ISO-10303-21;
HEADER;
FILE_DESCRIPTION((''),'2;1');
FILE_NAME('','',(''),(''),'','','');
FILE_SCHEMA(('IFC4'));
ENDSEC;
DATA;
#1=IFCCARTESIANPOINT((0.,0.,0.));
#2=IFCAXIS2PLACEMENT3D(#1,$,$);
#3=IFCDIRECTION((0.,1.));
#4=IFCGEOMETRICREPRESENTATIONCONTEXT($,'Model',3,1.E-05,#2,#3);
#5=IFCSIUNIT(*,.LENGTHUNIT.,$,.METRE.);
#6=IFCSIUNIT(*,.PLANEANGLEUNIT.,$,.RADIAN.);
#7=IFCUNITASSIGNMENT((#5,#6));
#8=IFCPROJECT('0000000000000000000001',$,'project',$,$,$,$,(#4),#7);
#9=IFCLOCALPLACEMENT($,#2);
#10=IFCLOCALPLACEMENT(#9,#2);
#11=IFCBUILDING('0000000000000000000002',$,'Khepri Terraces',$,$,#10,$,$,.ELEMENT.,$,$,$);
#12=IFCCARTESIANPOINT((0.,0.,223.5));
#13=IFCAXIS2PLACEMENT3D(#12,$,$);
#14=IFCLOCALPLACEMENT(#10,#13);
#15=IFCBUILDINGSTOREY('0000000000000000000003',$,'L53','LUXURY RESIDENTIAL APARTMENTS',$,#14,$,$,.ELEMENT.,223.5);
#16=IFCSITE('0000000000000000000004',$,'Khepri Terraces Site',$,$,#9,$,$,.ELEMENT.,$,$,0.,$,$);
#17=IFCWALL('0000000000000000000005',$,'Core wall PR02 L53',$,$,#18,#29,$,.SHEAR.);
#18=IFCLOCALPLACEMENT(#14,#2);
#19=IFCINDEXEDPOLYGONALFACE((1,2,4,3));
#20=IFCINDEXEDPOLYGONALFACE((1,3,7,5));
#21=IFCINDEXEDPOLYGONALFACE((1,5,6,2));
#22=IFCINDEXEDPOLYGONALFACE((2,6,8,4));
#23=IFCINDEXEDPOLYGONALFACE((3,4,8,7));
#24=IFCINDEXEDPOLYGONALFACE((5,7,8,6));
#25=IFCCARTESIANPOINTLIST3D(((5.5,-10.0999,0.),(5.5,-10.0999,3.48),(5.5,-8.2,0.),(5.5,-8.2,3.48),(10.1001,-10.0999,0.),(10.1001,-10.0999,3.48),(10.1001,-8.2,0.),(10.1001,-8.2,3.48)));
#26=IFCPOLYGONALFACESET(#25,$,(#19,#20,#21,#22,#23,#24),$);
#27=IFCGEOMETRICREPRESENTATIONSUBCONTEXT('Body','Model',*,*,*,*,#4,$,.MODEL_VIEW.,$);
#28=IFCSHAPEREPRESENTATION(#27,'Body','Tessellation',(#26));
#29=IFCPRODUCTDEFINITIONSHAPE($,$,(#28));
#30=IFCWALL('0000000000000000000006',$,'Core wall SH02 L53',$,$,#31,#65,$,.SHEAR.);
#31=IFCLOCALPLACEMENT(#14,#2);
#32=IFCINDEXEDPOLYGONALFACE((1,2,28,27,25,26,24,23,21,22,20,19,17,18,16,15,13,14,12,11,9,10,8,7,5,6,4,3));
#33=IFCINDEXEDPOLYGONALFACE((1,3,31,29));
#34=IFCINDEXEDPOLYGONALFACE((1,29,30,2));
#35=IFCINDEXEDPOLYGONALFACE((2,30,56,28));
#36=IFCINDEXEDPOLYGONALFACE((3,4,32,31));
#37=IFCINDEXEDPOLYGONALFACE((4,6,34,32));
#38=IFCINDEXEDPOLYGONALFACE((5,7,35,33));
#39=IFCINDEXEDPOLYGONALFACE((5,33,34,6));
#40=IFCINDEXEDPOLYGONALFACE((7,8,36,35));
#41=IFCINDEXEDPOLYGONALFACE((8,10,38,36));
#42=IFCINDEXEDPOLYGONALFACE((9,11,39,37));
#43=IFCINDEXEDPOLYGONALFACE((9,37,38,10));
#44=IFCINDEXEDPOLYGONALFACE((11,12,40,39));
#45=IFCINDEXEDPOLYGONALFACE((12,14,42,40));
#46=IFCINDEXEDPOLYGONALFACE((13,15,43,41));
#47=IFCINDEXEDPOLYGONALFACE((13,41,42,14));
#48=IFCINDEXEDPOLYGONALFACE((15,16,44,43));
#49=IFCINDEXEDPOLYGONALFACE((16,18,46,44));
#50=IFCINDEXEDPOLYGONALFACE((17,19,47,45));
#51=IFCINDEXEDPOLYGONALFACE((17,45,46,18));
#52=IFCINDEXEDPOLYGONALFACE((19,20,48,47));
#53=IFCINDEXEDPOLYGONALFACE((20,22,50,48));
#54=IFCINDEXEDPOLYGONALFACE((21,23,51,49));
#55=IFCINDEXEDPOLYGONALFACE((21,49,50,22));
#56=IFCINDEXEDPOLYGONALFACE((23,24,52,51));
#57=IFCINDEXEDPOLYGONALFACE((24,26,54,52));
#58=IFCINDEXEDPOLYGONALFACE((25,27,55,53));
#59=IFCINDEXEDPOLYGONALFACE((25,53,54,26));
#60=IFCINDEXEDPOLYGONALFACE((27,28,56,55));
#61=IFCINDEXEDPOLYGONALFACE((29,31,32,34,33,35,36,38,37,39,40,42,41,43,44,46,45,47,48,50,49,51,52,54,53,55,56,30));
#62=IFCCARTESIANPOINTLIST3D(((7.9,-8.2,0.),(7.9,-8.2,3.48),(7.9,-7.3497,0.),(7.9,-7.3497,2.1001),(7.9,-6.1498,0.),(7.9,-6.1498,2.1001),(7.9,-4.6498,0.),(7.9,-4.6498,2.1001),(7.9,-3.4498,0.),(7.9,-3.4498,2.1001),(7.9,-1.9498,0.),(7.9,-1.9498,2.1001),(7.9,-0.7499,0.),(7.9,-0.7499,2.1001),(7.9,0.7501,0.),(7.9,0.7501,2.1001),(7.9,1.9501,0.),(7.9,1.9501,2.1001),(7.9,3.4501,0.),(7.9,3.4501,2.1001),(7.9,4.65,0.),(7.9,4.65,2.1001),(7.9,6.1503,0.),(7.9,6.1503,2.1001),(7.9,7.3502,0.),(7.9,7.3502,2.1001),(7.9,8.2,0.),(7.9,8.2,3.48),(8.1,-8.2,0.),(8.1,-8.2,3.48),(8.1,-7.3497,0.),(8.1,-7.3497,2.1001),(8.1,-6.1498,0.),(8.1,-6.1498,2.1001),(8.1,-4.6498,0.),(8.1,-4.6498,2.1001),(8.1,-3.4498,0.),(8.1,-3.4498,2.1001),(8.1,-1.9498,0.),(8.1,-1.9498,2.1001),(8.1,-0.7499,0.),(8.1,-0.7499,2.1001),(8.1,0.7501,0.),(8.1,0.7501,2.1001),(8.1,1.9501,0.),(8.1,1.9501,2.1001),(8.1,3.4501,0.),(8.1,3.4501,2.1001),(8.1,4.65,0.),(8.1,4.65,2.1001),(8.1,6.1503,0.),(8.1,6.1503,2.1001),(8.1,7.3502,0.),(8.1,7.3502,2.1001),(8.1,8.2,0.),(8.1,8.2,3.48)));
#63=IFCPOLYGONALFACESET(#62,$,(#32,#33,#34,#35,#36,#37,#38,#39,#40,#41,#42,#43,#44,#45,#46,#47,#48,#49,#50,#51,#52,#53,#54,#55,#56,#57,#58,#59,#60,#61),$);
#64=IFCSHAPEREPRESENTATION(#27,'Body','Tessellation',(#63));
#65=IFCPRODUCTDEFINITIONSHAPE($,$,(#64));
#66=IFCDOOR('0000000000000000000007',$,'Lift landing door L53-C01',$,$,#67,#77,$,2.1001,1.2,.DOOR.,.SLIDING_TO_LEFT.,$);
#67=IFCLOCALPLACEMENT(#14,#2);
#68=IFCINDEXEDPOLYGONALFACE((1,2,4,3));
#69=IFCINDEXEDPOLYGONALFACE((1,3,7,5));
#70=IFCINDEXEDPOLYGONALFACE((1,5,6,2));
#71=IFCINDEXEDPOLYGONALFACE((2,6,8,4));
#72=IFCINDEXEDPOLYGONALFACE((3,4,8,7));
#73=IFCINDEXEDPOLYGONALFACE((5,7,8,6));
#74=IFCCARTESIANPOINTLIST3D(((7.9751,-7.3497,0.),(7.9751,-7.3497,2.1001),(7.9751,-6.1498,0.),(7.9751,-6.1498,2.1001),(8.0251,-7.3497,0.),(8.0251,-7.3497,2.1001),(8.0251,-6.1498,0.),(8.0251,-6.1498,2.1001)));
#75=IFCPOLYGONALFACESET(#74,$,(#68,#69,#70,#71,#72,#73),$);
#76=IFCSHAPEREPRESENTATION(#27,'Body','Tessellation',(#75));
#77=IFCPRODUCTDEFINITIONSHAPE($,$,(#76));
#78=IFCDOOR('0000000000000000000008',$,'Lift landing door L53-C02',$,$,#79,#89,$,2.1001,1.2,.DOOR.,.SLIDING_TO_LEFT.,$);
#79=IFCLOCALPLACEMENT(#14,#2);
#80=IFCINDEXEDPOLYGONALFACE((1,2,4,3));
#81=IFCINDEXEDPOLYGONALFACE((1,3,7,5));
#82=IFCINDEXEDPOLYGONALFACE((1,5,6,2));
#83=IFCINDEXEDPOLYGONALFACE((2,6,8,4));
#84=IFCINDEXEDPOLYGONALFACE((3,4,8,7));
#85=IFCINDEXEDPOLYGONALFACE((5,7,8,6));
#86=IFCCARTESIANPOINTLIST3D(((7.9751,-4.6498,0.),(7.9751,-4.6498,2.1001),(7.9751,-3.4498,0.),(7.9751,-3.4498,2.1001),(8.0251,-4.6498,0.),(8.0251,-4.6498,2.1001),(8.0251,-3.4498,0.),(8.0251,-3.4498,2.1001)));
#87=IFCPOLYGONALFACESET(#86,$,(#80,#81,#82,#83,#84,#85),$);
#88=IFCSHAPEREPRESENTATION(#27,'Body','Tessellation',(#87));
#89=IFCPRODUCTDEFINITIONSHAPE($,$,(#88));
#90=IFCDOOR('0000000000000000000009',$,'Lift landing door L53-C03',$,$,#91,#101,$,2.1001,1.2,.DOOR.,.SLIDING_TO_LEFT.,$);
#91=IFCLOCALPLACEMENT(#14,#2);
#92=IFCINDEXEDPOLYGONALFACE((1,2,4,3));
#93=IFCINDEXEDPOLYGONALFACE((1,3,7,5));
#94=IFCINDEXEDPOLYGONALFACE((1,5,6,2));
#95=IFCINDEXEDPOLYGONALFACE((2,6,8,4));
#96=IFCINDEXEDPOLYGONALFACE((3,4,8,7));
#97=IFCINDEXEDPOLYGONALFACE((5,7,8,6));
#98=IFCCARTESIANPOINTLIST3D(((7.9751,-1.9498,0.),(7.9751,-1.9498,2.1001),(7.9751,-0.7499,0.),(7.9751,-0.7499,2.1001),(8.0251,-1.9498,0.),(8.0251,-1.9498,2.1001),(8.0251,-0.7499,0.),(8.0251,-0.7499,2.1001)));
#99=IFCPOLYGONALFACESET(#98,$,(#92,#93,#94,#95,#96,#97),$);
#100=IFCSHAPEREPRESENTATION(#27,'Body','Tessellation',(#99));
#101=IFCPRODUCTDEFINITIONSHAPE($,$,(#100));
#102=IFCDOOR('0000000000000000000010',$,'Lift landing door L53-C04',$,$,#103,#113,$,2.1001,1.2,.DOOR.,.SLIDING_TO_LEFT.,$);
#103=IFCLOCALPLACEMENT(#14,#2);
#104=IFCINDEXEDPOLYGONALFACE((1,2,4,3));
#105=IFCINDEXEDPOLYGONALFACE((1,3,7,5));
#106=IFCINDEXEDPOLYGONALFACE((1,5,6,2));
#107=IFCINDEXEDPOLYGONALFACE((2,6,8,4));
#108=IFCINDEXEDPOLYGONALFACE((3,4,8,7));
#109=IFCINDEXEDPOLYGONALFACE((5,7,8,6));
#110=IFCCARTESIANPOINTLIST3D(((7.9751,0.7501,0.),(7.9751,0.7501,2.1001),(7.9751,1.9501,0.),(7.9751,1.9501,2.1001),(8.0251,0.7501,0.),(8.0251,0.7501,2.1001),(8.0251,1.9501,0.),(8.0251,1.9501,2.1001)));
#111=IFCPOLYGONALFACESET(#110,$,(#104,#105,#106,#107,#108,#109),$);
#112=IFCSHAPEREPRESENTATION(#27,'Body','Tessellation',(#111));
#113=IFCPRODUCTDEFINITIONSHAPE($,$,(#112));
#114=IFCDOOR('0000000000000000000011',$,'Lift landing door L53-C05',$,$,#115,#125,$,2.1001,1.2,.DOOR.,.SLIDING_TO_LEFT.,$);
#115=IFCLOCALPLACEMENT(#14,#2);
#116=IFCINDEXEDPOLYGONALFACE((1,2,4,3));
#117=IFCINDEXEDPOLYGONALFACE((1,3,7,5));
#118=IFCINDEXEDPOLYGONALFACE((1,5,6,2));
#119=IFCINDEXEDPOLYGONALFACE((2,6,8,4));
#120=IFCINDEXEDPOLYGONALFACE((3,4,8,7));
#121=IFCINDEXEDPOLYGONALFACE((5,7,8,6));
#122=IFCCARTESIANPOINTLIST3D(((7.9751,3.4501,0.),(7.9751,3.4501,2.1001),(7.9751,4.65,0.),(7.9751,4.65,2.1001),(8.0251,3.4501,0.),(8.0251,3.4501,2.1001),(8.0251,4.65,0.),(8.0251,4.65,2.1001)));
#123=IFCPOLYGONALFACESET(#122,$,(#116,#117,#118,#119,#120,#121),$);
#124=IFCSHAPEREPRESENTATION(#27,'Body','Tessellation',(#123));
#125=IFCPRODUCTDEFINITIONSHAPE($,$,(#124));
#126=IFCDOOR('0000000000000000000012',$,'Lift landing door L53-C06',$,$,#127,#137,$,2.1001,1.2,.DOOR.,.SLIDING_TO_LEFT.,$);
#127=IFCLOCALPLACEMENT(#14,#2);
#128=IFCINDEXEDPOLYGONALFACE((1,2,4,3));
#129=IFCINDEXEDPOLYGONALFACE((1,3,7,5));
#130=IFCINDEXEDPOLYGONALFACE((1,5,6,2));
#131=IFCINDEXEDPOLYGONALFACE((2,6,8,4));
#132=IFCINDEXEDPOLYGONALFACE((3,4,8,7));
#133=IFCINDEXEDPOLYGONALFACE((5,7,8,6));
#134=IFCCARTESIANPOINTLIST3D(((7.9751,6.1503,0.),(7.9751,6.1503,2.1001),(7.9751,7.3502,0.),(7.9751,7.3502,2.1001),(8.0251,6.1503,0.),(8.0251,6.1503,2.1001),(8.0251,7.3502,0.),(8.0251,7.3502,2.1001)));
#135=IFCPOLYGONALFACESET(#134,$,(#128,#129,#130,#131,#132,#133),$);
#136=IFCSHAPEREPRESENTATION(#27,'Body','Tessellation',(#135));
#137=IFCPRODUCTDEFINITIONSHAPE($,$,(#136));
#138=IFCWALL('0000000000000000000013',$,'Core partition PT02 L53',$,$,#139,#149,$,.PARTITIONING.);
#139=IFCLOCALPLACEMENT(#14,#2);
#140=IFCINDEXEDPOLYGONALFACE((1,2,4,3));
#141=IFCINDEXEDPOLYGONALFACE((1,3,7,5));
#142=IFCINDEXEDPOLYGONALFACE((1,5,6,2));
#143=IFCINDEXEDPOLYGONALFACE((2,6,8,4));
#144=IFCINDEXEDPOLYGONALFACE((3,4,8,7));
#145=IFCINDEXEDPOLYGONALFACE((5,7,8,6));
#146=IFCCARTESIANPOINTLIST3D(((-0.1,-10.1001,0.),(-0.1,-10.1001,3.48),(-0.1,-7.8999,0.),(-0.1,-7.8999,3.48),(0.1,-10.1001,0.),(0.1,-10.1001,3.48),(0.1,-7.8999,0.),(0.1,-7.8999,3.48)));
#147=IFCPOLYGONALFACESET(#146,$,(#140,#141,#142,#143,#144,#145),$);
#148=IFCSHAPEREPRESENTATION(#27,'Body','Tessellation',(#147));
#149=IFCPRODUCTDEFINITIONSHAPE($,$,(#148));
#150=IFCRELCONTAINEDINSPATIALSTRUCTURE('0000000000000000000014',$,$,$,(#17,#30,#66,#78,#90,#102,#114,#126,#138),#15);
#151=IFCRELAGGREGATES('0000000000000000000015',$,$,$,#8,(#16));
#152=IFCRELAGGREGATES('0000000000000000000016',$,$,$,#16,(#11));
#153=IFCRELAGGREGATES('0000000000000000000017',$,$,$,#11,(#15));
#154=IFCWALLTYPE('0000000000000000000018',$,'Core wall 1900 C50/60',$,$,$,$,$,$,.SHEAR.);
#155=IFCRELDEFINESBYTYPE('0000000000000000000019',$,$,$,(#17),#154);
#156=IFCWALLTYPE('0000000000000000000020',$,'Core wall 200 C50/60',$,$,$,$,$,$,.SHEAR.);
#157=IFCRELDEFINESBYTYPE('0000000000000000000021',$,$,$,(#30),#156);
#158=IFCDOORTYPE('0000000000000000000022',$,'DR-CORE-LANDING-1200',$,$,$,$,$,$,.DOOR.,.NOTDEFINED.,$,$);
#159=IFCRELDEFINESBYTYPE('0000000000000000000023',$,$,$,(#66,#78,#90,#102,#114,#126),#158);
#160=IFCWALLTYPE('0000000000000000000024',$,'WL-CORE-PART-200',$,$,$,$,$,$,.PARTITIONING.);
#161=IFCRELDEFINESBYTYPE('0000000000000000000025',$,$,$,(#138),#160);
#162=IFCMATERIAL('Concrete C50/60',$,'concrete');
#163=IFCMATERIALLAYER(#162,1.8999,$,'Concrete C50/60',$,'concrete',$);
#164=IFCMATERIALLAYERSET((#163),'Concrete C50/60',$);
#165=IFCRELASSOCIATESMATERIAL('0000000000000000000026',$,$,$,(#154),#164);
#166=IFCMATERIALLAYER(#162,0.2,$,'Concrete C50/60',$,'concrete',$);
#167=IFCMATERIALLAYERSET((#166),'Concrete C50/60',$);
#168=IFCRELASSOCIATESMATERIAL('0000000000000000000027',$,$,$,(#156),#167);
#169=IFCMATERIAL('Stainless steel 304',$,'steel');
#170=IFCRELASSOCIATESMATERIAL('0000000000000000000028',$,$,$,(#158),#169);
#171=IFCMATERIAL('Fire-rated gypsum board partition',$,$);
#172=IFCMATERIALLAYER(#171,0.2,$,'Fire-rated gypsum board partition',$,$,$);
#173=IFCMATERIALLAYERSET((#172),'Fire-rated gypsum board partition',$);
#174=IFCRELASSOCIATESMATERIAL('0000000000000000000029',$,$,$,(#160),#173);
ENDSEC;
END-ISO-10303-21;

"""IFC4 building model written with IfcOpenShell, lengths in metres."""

from ifc_helpers import new_model, si_unit, direction, frame, frame_2d, origin, place, context, subcontext, project, spatial, rectangle, extrude, material, layer, layer_set, type_object, element, fill, save


model = new_model("IFC4")

# Units and contexts
model_context = context("Model", 3, precision=1e-05, world=origin(), true_north=direction((0.0, 1.0)))
body_context = subcontext(model_context, "Body", "Model", "MODEL_VIEW")
ifc_project = project(units=[si_unit("LENGTHUNIT", "METRE"), si_unit("PLANEANGLEUNIT", "RADIAN")], contexts=[model_context])

# Site, building, storey
site_placement = place(None, origin())
site = spatial("IfcSite", under=ifc_project, at=site_placement, Name="Khepri Terraces Site", CompositionType="ELEMENT", RefElevation=0.0)
building_placement = place(site_placement, origin())
building = spatial("IfcBuilding", under=site, at=building_placement, Name="Khepri Terraces", CompositionType="ELEMENT")
storey_placement = place(building_placement, frame((0.0, 0.0, 223.5)))
storey = spatial("IfcBuildingStorey", under=building, at=storey_placement, Name="L53", Description="LUXURY RESIDENTIAL APARTMENTS", CompositionType="ELEMENT", Elevation=223.5)

# Wall
ifc_material_1 = material(Name="Concrete C50/60", Category="concrete")
ifc_layer_1 = layer(ifc_material_1, 1.8999, Name="Concrete C50/60", Category="concrete")
ifc_layer_set_1 = layer_set([ifc_layer_1], Name="Concrete C50/60")
wall_type_1 = type_object("IfcWallType", Name="Core wall 1900 C50/60", PredefinedType="SHEAR", material=ifc_layer_set_1)
wall_1_placement = place(storey_placement, frame((5.5, -9.1499, 0.0), z_axis=(0.0, 0.0, 1.0), x_axis=(1.0, 0.0, 0.0)))
element("IfcWall", 1, at=wall_1_placement, inside=storey, type_object=wall_type_1, Name="Core wall PR02 L53", PredefinedType="SHEAR", context=body_context, shape_type="SweptSolid", body=[
    extrude(rectangle(XDim=4.6001, YDim=1.8999, at=frame_2d((2.3, 0.0))), origin(), (0.0, 0.0, 1.0), 3.48),
])

# Wall, openings, doors
ifc_layer_2 = layer(ifc_material_1, 0.2, Name="Concrete C50/60", Category="concrete")
ifc_layer_set_2 = layer_set([ifc_layer_2], Name="Concrete C50/60")
wall_type_2 = type_object("IfcWallType", Name="Core wall 200 C50/60", PredefinedType="SHEAR", material=ifc_layer_set_2)
wall_2_placement = place(storey_placement, frame((8.0, -8.2, 0.0), z_axis=(0.0, 0.0, 1.0), x_axis=(0.0, 1.0, 0.0)))
wall_2 = element("IfcWall", 2, at=wall_2_placement, inside=storey, type_object=wall_type_2, Name="Core wall SH02 L53", PredefinedType="SHEAR", context=body_context, shape_type="SweptSolid", body=[
    extrude(rectangle(XDim=16.3999, YDim=0.2, at=frame_2d((8.2, 0.0))), origin(), (0.0, 0.0, 1.0), 3.48),
])
opening_1_placement = place(wall_2_placement, frame((0.8501, 0.0, 0.0)))
opening_1 = element("IfcOpeningElement", 3, at=opening_1_placement, cuts=wall_2, PredefinedType="OPENING", context=body_context, shape_type="SweptSolid", body=[
    extrude(rectangle(XDim=1.2, YDim=2.1001, at=frame_2d((0.6001, 1.05))), frame((0.0, 0.1099, 0.0), z_axis=(0.0, -1.0, 0.0), x_axis=(1.0, 0.0, 0.0)), (0.0, 0.0, 1.0), 0.22),
])
opening_2_placement = place(wall_2_placement, frame((3.55, 0.0, 0.0)))
opening_2 = element("IfcOpeningElement", 4, at=opening_2_placement, cuts=wall_2, PredefinedType="OPENING", context=body_context, shape_type="SweptSolid", body=[
    extrude(rectangle(XDim=1.2, YDim=2.1001, at=frame_2d((0.6001, 1.05))), frame((0.0, 0.1099, 0.0), z_axis=(0.0, -1.0, 0.0), x_axis=(1.0, 0.0, 0.0)), (0.0, 0.0, 1.0), 0.22),
])
opening_3_placement = place(wall_2_placement, frame((6.25, 0.0, 0.0)))
opening_3 = element("IfcOpeningElement", 5, at=opening_3_placement, cuts=wall_2, PredefinedType="OPENING", context=body_context, shape_type="SweptSolid", body=[
    extrude(rectangle(XDim=1.2, YDim=2.1001, at=frame_2d((0.6001, 1.05))), frame((0.0, 0.1099, 0.0), z_axis=(0.0, -1.0, 0.0), x_axis=(1.0, 0.0, 0.0)), (0.0, 0.0, 1.0), 0.22),
])
opening_4_placement = place(wall_2_placement, frame((8.95, 0.0, 0.0)))
opening_4 = element("IfcOpeningElement", 6, at=opening_4_placement, cuts=wall_2, PredefinedType="OPENING", context=body_context, shape_type="SweptSolid", body=[
    extrude(rectangle(XDim=1.2, YDim=2.1001, at=frame_2d((0.6001, 1.05))), frame((0.0, 0.1099, 0.0), z_axis=(0.0, -1.0, 0.0), x_axis=(1.0, 0.0, 0.0)), (0.0, 0.0, 1.0), 0.22),
])
opening_5_placement = place(wall_2_placement, frame((11.6499, 0.0, 0.0)))
opening_5 = element("IfcOpeningElement", 7, at=opening_5_placement, cuts=wall_2, PredefinedType="OPENING", context=body_context, shape_type="SweptSolid", body=[
    extrude(rectangle(XDim=1.2, YDim=2.1001, at=frame_2d((0.6001, 1.05))), frame((0.0, 0.1099, 0.0), z_axis=(0.0, -1.0, 0.0), x_axis=(1.0, 0.0, 0.0)), (0.0, 0.0, 1.0), 0.22),
])
opening_6_placement = place(wall_2_placement, frame((14.3501, 0.0, 0.0)))
opening_6 = element("IfcOpeningElement", 8, at=opening_6_placement, cuts=wall_2, PredefinedType="OPENING", context=body_context, shape_type="SweptSolid", body=[
    extrude(rectangle(XDim=1.2, YDim=2.1001, at=frame_2d((0.6001, 1.05))), frame((0.0, 0.1099, 0.0), z_axis=(0.0, -1.0, 0.0), x_axis=(1.0, 0.0, 0.0)), (0.0, 0.0, 1.0), 0.22),
])
ifc_material_2 = material(Name="Stainless steel 304", Category="steel")
door_type_1 = type_object("IfcDoorType", Name="DR-CORE-LANDING-1200", OperationType="NOTDEFINED", PredefinedType="DOOR", material=ifc_material_2)
door_1_placement = place(opening_1_placement, origin())
door_1 = element("IfcDoor", 9, at=door_1_placement, inside=storey, type_object=door_type_1, Name="Lift landing door L53-C01", OperationType="SLIDING_TO_LEFT", OverallHeight=2.1001, OverallWidth=1.2, PredefinedType="DOOR", context=body_context, shape_type="SweptSolid", body=[
    extrude(rectangle(XDim=1.2, YDim=2.1001, at=frame_2d((0.6001, 1.05))), frame((0.0, 0.0249, 0.0), z_axis=(0.0, -1.0, 0.0), x_axis=(1.0, 0.0, 0.0)), (0.0, 0.0, 1.0), 0.05),
])
fill(opening_1, door_1)
door_2_placement = place(opening_2_placement, origin())
door_2 = element("IfcDoor", 10, at=door_2_placement, inside=storey, type_object=door_type_1, Name="Lift landing door L53-C02", OperationType="SLIDING_TO_LEFT", OverallHeight=2.1001, OverallWidth=1.2, PredefinedType="DOOR", context=body_context, shape_type="SweptSolid", body=[
    extrude(rectangle(XDim=1.2, YDim=2.1001, at=frame_2d((0.6001, 1.05))), frame((0.0, 0.0249, 0.0), z_axis=(0.0, -1.0, 0.0), x_axis=(1.0, 0.0, 0.0)), (0.0, 0.0, 1.0), 0.05),
])
fill(opening_2, door_2)
door_3_placement = place(opening_3_placement, origin())
door_3 = element("IfcDoor", 11, at=door_3_placement, inside=storey, type_object=door_type_1, Name="Lift landing door L53-C03", OperationType="SLIDING_TO_LEFT", OverallHeight=2.1001, OverallWidth=1.2, PredefinedType="DOOR", context=body_context, shape_type="SweptSolid", body=[
    extrude(rectangle(XDim=1.2, YDim=2.1001, at=frame_2d((0.6001, 1.05))), frame((0.0, 0.0249, 0.0), z_axis=(0.0, -1.0, 0.0), x_axis=(1.0, 0.0, 0.0)), (0.0, 0.0, 1.0), 0.05),
])
fill(opening_3, door_3)
door_4_placement = place(opening_4_placement, origin())
door_4 = element("IfcDoor", 12, at=door_4_placement, inside=storey, type_object=door_type_1, Name="Lift landing door L53-C04", OperationType="SLIDING_TO_LEFT", OverallHeight=2.1001, OverallWidth=1.2, PredefinedType="DOOR", context=body_context, shape_type="SweptSolid", body=[
    extrude(rectangle(XDim=1.2, YDim=2.1001, at=frame_2d((0.6001, 1.05))), frame((0.0, 0.0249, 0.0), z_axis=(0.0, -1.0, 0.0), x_axis=(1.0, 0.0, 0.0)), (0.0, 0.0, 1.0), 0.05),
])
fill(opening_4, door_4)
door_5_placement = place(opening_5_placement, origin())
door_5 = element("IfcDoor", 13, at=door_5_placement, inside=storey, type_object=door_type_1, Name="Lift landing door L53-C05", OperationType="SLIDING_TO_LEFT", OverallHeight=2.1001, OverallWidth=1.2, PredefinedType="DOOR", context=body_context, shape_type="SweptSolid", body=[
    extrude(rectangle(XDim=1.2, YDim=2.1001, at=frame_2d((0.6001, 1.05))), frame((0.0, 0.0249, 0.0), z_axis=(0.0, -1.0, 0.0), x_axis=(1.0, 0.0, 0.0)), (0.0, 0.0, 1.0), 0.05),
])
fill(opening_5, door_5)
door_6_placement = place(opening_6_placement, origin())
door_6 = element("IfcDoor", 14, at=door_6_placement, inside=storey, type_object=door_type_1, Name="Lift landing door L53-C06", OperationType="SLIDING_TO_LEFT", OverallHeight=2.1001, OverallWidth=1.2, PredefinedType="DOOR", context=body_context, shape_type="SweptSolid", body=[
    extrude(rectangle(XDim=1.2, YDim=2.1001, at=frame_2d((0.6001, 1.05))), frame((0.0, 0.0249, 0.0), z_axis=(0.0, -1.0, 0.0), x_axis=(1.0, 0.0, 0.0)), (0.0, 0.0, 1.0), 0.05),
])
fill(opening_6, door_6)

# Wall
ifc_material_3 = material(Name="Fire-rated gypsum board partition")
ifc_layer_3 = layer(ifc_material_3, 0.2, Name="Fire-rated gypsum board partition")
ifc_layer_set_3 = layer_set([ifc_layer_3], Name="Fire-rated gypsum board partition")
wall_type_3 = type_object("IfcWallType", Name="WL-CORE-PART-200", PredefinedType="PARTITIONING", material=ifc_layer_set_3)
wall_3_placement = place(storey_placement, frame((0.0, -10.1001, 0.0), z_axis=(0.0, 0.0, 1.0), x_axis=(0.0, 1.0, 0.0)))
element("IfcWall", 15, at=wall_3_placement, inside=storey, type_object=wall_type_3, Name="Core partition PT02 L53", PredefinedType="PARTITIONING", context=body_context, shape_type="SweptSolid", body=[
    extrude(rectangle(XDim=2.2002, YDim=0.2, at=frame_2d((1.1001, 0.0))), origin(), (0.0, 0.0, 1.0), 3.48),
])

save(model, "model.ifc")
